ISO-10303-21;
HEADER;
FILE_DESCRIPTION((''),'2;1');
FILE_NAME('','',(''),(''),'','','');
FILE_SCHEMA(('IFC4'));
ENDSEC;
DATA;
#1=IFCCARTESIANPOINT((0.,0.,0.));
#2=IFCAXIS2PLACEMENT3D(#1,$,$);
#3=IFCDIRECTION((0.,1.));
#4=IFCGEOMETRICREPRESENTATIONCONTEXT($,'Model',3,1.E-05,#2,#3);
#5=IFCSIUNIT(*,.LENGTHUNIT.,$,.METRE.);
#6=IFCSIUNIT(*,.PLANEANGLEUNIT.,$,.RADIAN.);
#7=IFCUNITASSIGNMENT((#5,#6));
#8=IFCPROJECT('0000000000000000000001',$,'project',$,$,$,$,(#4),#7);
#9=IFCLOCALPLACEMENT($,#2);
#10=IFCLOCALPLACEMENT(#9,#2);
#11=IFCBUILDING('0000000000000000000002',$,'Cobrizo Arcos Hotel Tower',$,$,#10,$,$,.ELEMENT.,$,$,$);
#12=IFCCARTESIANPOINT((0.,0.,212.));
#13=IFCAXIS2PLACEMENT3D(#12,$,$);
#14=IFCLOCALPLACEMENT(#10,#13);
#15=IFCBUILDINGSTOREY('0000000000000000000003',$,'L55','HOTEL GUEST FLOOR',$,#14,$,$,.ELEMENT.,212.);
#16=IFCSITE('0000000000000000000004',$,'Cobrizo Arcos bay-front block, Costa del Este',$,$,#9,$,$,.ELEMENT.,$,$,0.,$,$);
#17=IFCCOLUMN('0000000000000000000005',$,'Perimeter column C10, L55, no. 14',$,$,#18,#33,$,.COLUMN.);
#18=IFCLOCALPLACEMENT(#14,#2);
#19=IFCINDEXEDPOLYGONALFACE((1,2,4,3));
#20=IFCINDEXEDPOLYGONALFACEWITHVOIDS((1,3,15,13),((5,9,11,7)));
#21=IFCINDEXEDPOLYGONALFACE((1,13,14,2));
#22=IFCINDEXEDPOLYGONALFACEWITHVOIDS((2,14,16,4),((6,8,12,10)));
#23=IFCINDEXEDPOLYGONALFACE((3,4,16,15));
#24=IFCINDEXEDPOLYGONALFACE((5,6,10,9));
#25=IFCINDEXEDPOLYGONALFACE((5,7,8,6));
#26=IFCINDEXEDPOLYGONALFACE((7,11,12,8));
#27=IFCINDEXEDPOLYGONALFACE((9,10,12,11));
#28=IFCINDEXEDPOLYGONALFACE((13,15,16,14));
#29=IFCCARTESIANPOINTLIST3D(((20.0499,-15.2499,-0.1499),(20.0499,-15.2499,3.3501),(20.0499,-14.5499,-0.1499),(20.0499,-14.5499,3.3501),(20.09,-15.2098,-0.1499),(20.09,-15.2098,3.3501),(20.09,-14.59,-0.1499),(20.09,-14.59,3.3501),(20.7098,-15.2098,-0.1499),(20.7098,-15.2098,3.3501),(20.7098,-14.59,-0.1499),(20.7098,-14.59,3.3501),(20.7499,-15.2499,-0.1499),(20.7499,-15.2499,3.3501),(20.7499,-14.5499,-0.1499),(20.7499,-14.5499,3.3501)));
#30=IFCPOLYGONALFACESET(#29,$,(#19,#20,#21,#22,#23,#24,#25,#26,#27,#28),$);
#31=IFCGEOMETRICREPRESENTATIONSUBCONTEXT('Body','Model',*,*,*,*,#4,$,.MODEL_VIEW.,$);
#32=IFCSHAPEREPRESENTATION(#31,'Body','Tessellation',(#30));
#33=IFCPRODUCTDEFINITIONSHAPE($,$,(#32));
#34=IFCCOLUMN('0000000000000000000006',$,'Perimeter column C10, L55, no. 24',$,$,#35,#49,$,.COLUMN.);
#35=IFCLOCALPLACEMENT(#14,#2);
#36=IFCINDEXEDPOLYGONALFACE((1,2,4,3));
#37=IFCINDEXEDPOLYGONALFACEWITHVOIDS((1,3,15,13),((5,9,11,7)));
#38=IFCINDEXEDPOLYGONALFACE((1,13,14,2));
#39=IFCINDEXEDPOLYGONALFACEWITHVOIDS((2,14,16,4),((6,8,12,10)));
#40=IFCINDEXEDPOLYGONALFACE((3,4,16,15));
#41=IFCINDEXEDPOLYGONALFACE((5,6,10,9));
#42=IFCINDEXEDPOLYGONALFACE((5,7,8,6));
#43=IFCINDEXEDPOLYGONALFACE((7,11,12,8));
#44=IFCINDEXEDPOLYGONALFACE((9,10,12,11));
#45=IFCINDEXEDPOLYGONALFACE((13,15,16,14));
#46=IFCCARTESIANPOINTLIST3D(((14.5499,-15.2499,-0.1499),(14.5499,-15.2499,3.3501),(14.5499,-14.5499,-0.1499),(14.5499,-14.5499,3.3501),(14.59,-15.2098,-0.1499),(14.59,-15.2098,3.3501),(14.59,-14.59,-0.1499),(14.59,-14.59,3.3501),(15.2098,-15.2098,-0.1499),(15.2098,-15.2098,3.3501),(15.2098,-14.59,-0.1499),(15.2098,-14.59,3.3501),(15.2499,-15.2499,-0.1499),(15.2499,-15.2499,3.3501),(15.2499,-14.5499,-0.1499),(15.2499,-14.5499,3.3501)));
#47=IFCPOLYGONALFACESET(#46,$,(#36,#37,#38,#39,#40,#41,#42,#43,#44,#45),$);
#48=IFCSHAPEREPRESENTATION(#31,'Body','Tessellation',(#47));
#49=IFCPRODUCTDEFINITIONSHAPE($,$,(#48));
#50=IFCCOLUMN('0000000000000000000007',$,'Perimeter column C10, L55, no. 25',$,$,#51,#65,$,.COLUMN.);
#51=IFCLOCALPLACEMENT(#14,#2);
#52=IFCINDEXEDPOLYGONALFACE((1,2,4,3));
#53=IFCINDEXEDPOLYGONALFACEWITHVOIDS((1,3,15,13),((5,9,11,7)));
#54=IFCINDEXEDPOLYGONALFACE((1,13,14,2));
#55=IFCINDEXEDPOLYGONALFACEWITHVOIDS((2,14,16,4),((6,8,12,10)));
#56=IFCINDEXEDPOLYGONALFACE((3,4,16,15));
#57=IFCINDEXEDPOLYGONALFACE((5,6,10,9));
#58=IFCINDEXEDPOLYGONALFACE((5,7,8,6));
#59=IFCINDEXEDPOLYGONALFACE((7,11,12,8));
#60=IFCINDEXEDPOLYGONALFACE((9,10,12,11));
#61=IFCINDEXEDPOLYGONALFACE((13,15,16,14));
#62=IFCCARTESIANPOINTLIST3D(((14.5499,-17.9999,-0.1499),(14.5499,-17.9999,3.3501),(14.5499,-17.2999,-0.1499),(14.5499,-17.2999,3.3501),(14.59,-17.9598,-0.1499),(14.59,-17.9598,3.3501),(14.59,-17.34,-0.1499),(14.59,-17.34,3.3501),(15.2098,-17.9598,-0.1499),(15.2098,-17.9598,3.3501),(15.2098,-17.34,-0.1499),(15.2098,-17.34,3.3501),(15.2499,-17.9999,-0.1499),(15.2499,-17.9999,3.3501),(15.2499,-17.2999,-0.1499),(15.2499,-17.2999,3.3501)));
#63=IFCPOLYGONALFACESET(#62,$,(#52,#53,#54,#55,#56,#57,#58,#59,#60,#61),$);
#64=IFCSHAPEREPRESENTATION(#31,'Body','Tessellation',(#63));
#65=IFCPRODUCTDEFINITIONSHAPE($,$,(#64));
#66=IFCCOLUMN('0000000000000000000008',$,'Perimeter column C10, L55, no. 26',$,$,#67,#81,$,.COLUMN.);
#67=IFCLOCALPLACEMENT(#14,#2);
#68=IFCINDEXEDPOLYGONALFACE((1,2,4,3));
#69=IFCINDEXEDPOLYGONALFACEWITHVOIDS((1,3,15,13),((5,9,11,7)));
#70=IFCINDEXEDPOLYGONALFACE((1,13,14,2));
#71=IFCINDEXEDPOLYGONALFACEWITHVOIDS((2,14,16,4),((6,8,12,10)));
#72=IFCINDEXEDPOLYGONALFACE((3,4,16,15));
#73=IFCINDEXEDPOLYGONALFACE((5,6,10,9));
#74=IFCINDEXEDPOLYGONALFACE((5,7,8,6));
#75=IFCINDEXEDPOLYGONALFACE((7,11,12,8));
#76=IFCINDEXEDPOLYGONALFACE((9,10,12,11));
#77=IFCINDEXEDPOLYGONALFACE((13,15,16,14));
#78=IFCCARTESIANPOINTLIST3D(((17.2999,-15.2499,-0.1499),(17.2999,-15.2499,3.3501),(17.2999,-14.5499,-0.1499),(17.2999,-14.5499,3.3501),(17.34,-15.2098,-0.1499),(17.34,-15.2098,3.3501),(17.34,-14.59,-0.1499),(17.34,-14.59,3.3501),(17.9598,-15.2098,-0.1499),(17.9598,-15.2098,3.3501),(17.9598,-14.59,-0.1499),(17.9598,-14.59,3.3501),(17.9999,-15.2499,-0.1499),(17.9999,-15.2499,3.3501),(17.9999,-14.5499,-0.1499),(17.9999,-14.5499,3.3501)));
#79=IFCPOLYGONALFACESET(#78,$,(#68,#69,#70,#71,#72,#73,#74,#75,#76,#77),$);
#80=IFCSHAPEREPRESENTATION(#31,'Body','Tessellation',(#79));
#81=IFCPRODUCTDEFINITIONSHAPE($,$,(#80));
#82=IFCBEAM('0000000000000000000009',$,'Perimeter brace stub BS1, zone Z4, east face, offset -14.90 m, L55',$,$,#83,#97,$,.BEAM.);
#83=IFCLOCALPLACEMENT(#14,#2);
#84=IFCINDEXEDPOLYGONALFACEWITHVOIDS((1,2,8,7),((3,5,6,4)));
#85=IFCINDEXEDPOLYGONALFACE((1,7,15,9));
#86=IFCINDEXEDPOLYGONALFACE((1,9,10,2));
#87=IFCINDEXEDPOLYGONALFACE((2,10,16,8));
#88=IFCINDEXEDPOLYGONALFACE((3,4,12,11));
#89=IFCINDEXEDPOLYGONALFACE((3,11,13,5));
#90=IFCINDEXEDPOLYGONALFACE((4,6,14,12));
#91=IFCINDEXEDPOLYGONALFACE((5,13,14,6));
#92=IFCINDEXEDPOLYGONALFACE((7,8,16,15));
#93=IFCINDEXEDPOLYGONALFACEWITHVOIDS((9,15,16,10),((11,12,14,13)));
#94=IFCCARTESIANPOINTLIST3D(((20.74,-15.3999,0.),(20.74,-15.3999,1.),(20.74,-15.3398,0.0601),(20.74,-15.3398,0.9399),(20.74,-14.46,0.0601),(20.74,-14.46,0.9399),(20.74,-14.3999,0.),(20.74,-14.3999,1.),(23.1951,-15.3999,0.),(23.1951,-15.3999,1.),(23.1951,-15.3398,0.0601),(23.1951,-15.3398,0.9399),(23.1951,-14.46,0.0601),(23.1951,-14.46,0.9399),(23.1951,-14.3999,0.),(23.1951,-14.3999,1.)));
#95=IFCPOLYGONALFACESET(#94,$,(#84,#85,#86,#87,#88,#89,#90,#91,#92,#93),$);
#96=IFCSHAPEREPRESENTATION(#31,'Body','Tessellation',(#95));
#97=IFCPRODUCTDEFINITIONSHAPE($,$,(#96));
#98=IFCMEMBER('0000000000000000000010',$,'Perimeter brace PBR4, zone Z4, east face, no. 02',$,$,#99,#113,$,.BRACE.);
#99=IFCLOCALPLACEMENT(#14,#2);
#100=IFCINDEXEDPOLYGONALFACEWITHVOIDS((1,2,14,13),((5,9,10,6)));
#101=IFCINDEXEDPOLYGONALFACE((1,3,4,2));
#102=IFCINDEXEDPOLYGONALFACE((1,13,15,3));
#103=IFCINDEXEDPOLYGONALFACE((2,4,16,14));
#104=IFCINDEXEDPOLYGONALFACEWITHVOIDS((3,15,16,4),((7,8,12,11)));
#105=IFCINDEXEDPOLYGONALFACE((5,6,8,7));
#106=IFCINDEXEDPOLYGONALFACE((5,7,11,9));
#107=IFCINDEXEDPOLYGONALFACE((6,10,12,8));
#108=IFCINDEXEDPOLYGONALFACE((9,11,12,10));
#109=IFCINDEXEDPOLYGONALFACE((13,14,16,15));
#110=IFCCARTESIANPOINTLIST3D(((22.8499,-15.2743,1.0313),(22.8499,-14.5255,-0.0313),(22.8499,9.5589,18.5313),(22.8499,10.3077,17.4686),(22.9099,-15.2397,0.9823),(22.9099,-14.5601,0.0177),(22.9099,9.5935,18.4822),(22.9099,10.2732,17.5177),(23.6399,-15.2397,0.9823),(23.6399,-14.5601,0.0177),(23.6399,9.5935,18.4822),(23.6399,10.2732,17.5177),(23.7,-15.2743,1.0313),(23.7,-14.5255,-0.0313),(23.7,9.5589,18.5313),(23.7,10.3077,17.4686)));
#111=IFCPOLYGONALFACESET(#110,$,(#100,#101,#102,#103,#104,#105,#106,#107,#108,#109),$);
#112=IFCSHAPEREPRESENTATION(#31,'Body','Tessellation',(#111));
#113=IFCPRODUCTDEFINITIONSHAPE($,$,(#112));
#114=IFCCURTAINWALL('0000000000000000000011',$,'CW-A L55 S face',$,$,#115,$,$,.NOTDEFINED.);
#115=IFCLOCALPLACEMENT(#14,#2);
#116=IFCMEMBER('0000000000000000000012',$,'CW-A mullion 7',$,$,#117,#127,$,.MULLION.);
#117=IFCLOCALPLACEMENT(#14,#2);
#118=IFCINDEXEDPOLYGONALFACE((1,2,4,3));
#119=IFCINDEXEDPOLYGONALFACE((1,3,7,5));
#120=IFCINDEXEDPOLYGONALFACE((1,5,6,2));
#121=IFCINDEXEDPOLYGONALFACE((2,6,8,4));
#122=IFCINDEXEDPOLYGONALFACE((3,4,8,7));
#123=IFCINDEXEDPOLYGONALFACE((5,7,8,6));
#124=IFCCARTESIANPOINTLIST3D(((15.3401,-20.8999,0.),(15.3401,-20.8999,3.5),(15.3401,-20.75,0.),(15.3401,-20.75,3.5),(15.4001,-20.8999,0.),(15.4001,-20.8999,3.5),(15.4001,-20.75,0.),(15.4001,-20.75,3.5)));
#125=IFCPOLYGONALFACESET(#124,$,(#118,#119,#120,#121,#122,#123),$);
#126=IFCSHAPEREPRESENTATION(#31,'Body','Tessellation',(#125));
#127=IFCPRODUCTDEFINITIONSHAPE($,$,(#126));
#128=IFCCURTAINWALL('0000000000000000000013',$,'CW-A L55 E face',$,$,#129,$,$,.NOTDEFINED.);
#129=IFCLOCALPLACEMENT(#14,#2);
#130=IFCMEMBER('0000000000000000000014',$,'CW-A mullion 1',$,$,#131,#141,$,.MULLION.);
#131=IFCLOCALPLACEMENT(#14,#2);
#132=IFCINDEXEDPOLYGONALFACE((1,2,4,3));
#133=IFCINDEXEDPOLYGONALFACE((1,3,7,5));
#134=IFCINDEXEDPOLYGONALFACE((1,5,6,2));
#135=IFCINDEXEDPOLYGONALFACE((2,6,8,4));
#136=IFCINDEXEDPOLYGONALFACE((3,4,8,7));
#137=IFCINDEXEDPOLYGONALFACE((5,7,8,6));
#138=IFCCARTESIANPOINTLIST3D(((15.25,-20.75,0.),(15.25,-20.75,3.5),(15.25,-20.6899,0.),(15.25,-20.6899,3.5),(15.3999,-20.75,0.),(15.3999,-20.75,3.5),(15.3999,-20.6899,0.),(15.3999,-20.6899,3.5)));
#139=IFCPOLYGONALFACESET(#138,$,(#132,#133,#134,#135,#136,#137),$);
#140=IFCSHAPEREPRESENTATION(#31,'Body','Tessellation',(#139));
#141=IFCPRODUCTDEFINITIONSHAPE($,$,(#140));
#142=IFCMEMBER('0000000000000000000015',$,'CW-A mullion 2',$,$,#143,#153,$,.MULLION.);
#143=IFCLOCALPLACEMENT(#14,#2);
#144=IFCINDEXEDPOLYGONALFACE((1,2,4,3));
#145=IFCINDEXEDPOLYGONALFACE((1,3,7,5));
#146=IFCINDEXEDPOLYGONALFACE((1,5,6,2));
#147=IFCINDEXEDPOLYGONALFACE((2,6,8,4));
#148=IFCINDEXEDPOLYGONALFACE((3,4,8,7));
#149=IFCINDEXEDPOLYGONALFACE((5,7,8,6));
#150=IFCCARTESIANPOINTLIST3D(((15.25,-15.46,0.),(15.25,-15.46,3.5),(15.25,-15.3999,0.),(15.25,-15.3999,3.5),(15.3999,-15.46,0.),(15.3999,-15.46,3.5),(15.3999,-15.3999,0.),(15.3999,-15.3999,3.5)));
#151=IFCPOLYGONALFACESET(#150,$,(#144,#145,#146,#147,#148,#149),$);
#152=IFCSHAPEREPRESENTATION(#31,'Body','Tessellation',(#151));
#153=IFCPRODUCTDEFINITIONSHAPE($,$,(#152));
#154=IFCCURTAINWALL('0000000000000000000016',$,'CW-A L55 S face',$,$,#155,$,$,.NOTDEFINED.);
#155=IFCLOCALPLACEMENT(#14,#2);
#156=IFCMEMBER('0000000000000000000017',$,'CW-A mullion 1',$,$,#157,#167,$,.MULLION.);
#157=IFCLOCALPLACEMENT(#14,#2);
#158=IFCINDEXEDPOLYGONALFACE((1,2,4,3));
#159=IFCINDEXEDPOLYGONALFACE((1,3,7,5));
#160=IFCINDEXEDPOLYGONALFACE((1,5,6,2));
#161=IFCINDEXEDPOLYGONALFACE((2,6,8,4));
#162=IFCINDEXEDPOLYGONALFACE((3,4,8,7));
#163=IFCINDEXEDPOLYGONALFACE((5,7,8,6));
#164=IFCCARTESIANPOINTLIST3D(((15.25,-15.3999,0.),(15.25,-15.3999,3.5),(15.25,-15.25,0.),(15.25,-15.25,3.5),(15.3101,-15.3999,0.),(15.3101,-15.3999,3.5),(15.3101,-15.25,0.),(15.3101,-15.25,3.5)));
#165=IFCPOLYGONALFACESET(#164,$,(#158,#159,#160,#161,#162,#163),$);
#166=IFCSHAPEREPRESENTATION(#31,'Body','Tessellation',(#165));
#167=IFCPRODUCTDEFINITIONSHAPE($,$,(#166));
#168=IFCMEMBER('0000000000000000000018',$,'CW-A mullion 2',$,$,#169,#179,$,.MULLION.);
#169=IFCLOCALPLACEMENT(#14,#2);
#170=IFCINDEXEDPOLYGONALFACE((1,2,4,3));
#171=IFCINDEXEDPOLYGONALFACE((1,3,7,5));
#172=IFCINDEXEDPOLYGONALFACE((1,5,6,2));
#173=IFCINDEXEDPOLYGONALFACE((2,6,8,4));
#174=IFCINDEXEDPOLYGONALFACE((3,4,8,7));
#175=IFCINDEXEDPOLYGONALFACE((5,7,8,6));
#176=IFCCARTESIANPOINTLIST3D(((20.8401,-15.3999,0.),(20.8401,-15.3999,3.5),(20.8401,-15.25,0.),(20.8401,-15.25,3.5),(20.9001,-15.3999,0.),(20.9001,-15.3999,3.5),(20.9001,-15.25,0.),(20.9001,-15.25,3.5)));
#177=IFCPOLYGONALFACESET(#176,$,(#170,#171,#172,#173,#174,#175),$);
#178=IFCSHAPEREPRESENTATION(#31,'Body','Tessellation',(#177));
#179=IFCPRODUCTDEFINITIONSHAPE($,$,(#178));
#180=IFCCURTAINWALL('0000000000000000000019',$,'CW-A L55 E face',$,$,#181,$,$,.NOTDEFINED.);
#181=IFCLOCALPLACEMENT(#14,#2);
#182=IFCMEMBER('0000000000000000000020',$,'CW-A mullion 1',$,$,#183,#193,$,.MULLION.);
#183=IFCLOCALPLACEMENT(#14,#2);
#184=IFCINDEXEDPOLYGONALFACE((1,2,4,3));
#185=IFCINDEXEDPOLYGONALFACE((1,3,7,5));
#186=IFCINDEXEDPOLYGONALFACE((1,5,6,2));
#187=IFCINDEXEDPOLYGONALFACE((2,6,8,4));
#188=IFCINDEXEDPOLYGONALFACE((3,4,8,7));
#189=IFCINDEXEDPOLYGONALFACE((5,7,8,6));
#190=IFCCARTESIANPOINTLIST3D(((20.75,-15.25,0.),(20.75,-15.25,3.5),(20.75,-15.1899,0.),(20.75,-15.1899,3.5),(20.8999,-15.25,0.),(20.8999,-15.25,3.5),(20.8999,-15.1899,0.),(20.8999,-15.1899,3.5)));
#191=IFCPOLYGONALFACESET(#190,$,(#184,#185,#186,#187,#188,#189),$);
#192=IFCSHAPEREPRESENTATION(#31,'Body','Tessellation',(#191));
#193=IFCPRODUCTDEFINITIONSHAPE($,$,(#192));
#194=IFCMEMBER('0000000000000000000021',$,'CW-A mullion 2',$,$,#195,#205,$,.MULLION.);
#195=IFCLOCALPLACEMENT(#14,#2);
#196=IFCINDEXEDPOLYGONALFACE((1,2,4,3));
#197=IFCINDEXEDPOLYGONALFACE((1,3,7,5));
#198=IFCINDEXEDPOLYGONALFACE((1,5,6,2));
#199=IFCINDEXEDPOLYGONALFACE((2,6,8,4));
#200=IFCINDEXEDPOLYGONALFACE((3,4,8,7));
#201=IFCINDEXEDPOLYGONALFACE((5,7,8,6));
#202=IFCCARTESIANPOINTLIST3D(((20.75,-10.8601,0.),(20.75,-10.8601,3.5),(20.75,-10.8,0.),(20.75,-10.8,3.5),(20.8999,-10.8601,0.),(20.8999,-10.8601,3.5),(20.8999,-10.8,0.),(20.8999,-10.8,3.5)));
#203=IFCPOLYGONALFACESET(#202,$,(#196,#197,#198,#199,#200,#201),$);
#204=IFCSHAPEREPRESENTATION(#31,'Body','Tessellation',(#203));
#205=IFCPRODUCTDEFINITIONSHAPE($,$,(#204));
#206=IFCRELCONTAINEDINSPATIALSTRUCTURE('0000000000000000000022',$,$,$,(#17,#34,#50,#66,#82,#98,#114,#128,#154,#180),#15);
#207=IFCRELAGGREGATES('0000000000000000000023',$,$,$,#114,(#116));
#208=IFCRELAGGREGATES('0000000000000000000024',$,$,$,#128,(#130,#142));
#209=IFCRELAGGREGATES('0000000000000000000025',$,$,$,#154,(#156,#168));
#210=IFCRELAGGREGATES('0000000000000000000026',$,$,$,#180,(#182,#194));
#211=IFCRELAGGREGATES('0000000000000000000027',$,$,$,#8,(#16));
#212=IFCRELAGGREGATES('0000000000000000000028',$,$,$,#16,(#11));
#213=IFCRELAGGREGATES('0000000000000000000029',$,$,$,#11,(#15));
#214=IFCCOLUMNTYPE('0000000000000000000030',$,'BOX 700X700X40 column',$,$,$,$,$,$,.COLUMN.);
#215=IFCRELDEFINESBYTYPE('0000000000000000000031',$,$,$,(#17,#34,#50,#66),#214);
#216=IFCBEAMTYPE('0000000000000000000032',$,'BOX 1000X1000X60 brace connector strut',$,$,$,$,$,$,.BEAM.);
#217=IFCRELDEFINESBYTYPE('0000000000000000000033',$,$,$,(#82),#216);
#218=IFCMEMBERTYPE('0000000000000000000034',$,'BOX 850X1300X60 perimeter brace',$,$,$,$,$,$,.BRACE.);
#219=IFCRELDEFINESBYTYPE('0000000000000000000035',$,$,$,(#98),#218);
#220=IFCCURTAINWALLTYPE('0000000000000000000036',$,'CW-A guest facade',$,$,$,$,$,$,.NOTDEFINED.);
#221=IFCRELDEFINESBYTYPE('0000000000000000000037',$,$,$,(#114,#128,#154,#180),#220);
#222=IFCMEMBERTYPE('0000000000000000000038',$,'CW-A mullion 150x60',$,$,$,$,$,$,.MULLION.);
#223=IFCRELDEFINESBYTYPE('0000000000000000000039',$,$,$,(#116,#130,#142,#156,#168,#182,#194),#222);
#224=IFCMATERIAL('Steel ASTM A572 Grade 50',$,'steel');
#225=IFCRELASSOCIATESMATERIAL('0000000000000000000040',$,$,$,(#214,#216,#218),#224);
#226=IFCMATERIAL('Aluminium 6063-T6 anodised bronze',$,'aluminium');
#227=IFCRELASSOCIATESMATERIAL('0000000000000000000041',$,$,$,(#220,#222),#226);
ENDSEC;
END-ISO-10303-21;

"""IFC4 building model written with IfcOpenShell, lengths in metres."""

from ifc_helpers import new_model, si_unit, direction, frame, origin, origin_2d, place, context, subcontext, project, spatial, rectangle, hollow_rectangle, extrude, material, material_profile, profile_set, type_object, element, aggregate, save


model = new_model("IFC4")

# Units and contexts
model_context = context("Model", 3, precision=1e-05, world=origin(), true_north=direction((0.0, 1.0)))
body_context = subcontext(model_context, "Body", "Model", "MODEL_VIEW")
ifc_project = project(units=[si_unit("LENGTHUNIT", "METRE"), si_unit("PLANEANGLEUNIT", "RADIAN")], contexts=[model_context])

# Site, building, storey
site_placement = place(None, origin())
site = spatial("IfcSite", under=ifc_project, at=site_placement, Name="Cobrizo Arcos bay-front block, Costa del Este", CompositionType="ELEMENT", RefElevation=0.0)
building_placement = place(site_placement, origin())
building = spatial("IfcBuilding", under=site, at=building_placement, Name="Cobrizo Arcos Hotel Tower", CompositionType="ELEMENT")
storey_placement = place(building_placement, frame((0.0, 0.0, 212.0)))
storey = spatial("IfcBuildingStorey", under=building, at=storey_placement, Name="L55", Description="HOTEL GUEST FLOOR", CompositionType="ELEMENT", Elevation=212.0)

# Columns
ifc_material_1 = material(Name="Steel ASTM A572 Grade 50", Category="steel")
ifc_material_profile_1 = material_profile(ifc_material_1, hollow_rectangle(XDim=0.7, YDim=0.7, WallThickness=0.04, at=origin_2d()), Name="BOX 700X700X40")
ifc_profile_set_1 = profile_set([ifc_material_profile_1], Name="Steel ASTM A572 Grade 50")
column_type = type_object("IfcColumnType", Name="BOX 700X700X40 column", PredefinedType="COLUMN", material=ifc_profile_set_1)
for number, where, z_axis, x_axis, name in (
    (1, (20.3999, -14.8999, -0.1499), (0.0, 0.0, 1.0), (1.0, 0.0, 0.0), "Perimeter column C10, L55, no. 14"),
    (2, (14.8999, -14.8999, -0.1499), (0.0, 0.0, 1.0), (1.0, 0.0, 0.0), "Perimeter column C10, L55, no. 24"),
    (3, (14.8999, -17.6499, -0.1499), (0.0, 0.0, 1.0), (1.0, 0.0, 0.0), "Perimeter column C10, L55, no. 25"),
    (4, (17.6499, -14.8999, -0.1499), (0.0, 0.0, 1.0), (1.0, 0.0, 0.0), "Perimeter column C10, L55, no. 26"),
):
    element("IfcColumn", number, at=place(storey_placement, frame(where, z_axis=z_axis, x_axis=x_axis)), inside=storey, type_object=column_type, Name=name, PredefinedType="COLUMN", context=body_context, shape_type="SweptSolid", body=[
        extrude(hollow_rectangle(XDim=0.7, YDim=0.7, WallThickness=0.04, at=origin_2d()), origin(), (0.0, 0.0, 1.0), 3.5),
    ])

# Beam
ifc_material_profile_2 = material_profile(ifc_material_1, hollow_rectangle(XDim=1.0, YDim=1.0, WallThickness=0.0601, at=origin_2d()), Name="BOX 1000X1000X60")
ifc_profile_set_2 = profile_set([ifc_material_profile_2], Name="Steel ASTM A572 Grade 50")
beam_type_1 = type_object("IfcBeamType", Name="BOX 1000X1000X60 brace connector strut", PredefinedType="BEAM", material=ifc_profile_set_2)
beam_1_placement = place(storey_placement, frame((20.74, -14.8999, 0.5), z_axis=(1.0, 0.0, 0.0), x_axis=(0.0, 1.0, 0.0)))
element("IfcBeam", 5, at=beam_1_placement, inside=storey, type_object=beam_type_1, Name="Perimeter brace stub BS1, zone Z4, east face, offset -14.90 m, L55", PredefinedType="BEAM", context=body_context, shape_type="SweptSolid", body=[
    extrude(hollow_rectangle(XDim=1.0, YDim=1.0, WallThickness=0.0601, at=origin_2d()), origin(), (0.0, 0.0, 1.0), 2.4551),
])

# Member
ifc_material_profile_3 = material_profile(ifc_material_1, hollow_rectangle(XDim=0.8501, YDim=1.3, WallThickness=0.0601, at=origin_2d()), Name="BOX 850X1300X60")
ifc_profile_set_3 = profile_set([ifc_material_profile_3], Name="Steel ASTM A572 Grade 50")
member_type_1 = type_object("IfcMemberType", Name="BOX 850X1300X60 perimeter brace", PredefinedType="BRACE", material=ifc_profile_set_3)
member_1_placement = place(storey_placement, frame((23.2749, -14.8999, 0.5), z_axis=(0.0, 0.817423, 0.576038), x_axis=(-1.0, 0.0, 0.0)))
element("IfcMember", 6, at=member_1_placement, inside=storey, type_object=member_type_1, Name="Perimeter brace PBR4, zone Z4, east face, no. 02", PredefinedType="BRACE", context=body_context, shape_type="SweptSolid", body=[
    extrude(hollow_rectangle(XDim=0.8501, YDim=1.3, WallThickness=0.0601, at=origin_2d()), origin(), (0.0, 0.0, 1.0), 30.3799),
])

# Curtain wall, member
ifc_material_2 = material(Name="Aluminium 6063-T6 anodised bronze", Category="aluminium")
curtain_wall_type = type_object("IfcCurtainWallType", Name="CW-A guest facade", PredefinedType="NOTDEFINED", material=ifc_material_2)
curtain_wall_1_placement = place(storey_placement, origin())
curtain_wall_1 = element("IfcCurtainWall", 7, at=curtain_wall_1_placement, inside=storey, type_object=curtain_wall_type, Name="CW-A L55 S face", PredefinedType="NOTDEFINED")
ifc_material_profile_4 = material_profile(ifc_material_2, rectangle(XDim=0.1499, YDim=0.0601, at=origin_2d()), Name="CW-A mullion 150x60")
ifc_profile_set_4 = profile_set([ifc_material_profile_4], Name="Aluminium 6063-T6 anodised bronze")
member_type_2 = type_object("IfcMemberType", Name="CW-A mullion 150x60", PredefinedType="MULLION", material=ifc_profile_set_4)
member_2_placement = place(storey_placement, frame((15.3701, -20.825, 0.0), z_axis=(0.0, 0.0, 1.0), x_axis=(0.0, -1.0, 0.0)))
member_2 = element("IfcMember", 8, at=member_2_placement, type_object=member_type_2, Name="CW-A mullion 7", PredefinedType="MULLION", context=body_context, shape_type="SweptSolid", body=[
    extrude(rectangle(XDim=0.1499, YDim=0.0601, at=origin_2d()), origin(), (0.0, 0.0, 1.0), 3.5),
])
aggregate(curtain_wall_1, [member_2])

# Curtain walls, members
curtain_wall_2_placement = place(storey_placement, origin())
curtain_wall_2 = element("IfcCurtainWall", 9, at=curtain_wall_2_placement, inside=storey, type_object=curtain_wall_type, Name="CW-A L55 E face", PredefinedType="NOTDEFINED")
member_3_placement = place(storey_placement, frame((15.325, -20.72, 0.0), z_axis=(0.0, 0.0, 1.0), x_axis=(1.0, 0.0, 0.0)))
member_3 = element("IfcMember", 10, at=member_3_placement, type_object=member_type_2, Name="CW-A mullion 1", PredefinedType="MULLION", context=body_context, shape_type="SweptSolid", body=[
    extrude(rectangle(XDim=0.1499, YDim=0.0601, at=origin_2d()), origin(), (0.0, 0.0, 1.0), 3.5),
])
member_4_placement = place(storey_placement, frame((15.325, -15.4299, 0.0), z_axis=(0.0, 0.0, 1.0), x_axis=(1.0, 0.0, 0.0)))
member_4 = element("IfcMember", 11, at=member_4_placement, type_object=member_type_2, Name="CW-A mullion 2", PredefinedType="MULLION", context=body_context, shape_type="SweptSolid", body=[
    extrude(rectangle(XDim=0.1499, YDim=0.0601, at=origin_2d()), origin(), (0.0, 0.0, 1.0), 3.5),
])
curtain_wall_3_placement = place(storey_placement, origin())
curtain_wall_3 = element("IfcCurtainWall", 12, at=curtain_wall_3_placement, inside=storey, type_object=curtain_wall_type, Name="CW-A L55 S face", PredefinedType="NOTDEFINED")
member_5_placement = place(storey_placement, frame((15.28, -15.325, 0.0), z_axis=(0.0, 0.0, 1.0), x_axis=(0.0, -1.0, 0.0)))
member_5 = element("IfcMember", 13, at=member_5_placement, type_object=member_type_2, Name="CW-A mullion 1", PredefinedType="MULLION", context=body_context, shape_type="SweptSolid", body=[
    extrude(rectangle(XDim=0.1499, YDim=0.0601, at=origin_2d()), origin(), (0.0, 0.0, 1.0), 3.5),
])
member_6_placement = place(storey_placement, frame((20.8701, -15.325, 0.0), z_axis=(0.0, 0.0, 1.0), x_axis=(0.0, -1.0, 0.0)))
member_6 = element("IfcMember", 14, at=member_6_placement, type_object=member_type_2, Name="CW-A mullion 2", PredefinedType="MULLION", context=body_context, shape_type="SweptSolid", body=[
    extrude(rectangle(XDim=0.1499, YDim=0.0601, at=origin_2d()), origin(), (0.0, 0.0, 1.0), 3.5),
])
curtain_wall_4_placement = place(storey_placement, origin())
curtain_wall_4 = element("IfcCurtainWall", 15, at=curtain_wall_4_placement, inside=storey, type_object=curtain_wall_type, Name="CW-A L55 E face", PredefinedType="NOTDEFINED")
member_7_placement = place(storey_placement, frame((20.825, -15.22, 0.0), z_axis=(0.0, 0.0, 1.0), x_axis=(1.0, 0.0, 0.0)))
member_7 = element("IfcMember", 16, at=member_7_placement, type_object=member_type_2, Name="CW-A mullion 1", PredefinedType="MULLION", context=body_context, shape_type="SweptSolid", body=[
    extrude(rectangle(XDim=0.1499, YDim=0.0601, at=origin_2d()), origin(), (0.0, 0.0, 1.0), 3.5),
])
member_8_placement = place(storey_placement, frame((20.825, -10.8301, 0.0), z_axis=(0.0, 0.0, 1.0), x_axis=(1.0, 0.0, 0.0)))
member_8 = element("IfcMember", 17, at=member_8_placement, type_object=member_type_2, Name="CW-A mullion 2", PredefinedType="MULLION", context=body_context, shape_type="SweptSolid", body=[
    extrude(rectangle(XDim=0.1499, YDim=0.0601, at=origin_2d()), origin(), (0.0, 0.0, 1.0), 3.5),
])

aggregate(curtain_wall_2, [member_3, member_4])
aggregate(curtain_wall_3, [member_5, member_6])
aggregate(curtain_wall_4, [member_7, member_8])

save(model, "model.ifc")
